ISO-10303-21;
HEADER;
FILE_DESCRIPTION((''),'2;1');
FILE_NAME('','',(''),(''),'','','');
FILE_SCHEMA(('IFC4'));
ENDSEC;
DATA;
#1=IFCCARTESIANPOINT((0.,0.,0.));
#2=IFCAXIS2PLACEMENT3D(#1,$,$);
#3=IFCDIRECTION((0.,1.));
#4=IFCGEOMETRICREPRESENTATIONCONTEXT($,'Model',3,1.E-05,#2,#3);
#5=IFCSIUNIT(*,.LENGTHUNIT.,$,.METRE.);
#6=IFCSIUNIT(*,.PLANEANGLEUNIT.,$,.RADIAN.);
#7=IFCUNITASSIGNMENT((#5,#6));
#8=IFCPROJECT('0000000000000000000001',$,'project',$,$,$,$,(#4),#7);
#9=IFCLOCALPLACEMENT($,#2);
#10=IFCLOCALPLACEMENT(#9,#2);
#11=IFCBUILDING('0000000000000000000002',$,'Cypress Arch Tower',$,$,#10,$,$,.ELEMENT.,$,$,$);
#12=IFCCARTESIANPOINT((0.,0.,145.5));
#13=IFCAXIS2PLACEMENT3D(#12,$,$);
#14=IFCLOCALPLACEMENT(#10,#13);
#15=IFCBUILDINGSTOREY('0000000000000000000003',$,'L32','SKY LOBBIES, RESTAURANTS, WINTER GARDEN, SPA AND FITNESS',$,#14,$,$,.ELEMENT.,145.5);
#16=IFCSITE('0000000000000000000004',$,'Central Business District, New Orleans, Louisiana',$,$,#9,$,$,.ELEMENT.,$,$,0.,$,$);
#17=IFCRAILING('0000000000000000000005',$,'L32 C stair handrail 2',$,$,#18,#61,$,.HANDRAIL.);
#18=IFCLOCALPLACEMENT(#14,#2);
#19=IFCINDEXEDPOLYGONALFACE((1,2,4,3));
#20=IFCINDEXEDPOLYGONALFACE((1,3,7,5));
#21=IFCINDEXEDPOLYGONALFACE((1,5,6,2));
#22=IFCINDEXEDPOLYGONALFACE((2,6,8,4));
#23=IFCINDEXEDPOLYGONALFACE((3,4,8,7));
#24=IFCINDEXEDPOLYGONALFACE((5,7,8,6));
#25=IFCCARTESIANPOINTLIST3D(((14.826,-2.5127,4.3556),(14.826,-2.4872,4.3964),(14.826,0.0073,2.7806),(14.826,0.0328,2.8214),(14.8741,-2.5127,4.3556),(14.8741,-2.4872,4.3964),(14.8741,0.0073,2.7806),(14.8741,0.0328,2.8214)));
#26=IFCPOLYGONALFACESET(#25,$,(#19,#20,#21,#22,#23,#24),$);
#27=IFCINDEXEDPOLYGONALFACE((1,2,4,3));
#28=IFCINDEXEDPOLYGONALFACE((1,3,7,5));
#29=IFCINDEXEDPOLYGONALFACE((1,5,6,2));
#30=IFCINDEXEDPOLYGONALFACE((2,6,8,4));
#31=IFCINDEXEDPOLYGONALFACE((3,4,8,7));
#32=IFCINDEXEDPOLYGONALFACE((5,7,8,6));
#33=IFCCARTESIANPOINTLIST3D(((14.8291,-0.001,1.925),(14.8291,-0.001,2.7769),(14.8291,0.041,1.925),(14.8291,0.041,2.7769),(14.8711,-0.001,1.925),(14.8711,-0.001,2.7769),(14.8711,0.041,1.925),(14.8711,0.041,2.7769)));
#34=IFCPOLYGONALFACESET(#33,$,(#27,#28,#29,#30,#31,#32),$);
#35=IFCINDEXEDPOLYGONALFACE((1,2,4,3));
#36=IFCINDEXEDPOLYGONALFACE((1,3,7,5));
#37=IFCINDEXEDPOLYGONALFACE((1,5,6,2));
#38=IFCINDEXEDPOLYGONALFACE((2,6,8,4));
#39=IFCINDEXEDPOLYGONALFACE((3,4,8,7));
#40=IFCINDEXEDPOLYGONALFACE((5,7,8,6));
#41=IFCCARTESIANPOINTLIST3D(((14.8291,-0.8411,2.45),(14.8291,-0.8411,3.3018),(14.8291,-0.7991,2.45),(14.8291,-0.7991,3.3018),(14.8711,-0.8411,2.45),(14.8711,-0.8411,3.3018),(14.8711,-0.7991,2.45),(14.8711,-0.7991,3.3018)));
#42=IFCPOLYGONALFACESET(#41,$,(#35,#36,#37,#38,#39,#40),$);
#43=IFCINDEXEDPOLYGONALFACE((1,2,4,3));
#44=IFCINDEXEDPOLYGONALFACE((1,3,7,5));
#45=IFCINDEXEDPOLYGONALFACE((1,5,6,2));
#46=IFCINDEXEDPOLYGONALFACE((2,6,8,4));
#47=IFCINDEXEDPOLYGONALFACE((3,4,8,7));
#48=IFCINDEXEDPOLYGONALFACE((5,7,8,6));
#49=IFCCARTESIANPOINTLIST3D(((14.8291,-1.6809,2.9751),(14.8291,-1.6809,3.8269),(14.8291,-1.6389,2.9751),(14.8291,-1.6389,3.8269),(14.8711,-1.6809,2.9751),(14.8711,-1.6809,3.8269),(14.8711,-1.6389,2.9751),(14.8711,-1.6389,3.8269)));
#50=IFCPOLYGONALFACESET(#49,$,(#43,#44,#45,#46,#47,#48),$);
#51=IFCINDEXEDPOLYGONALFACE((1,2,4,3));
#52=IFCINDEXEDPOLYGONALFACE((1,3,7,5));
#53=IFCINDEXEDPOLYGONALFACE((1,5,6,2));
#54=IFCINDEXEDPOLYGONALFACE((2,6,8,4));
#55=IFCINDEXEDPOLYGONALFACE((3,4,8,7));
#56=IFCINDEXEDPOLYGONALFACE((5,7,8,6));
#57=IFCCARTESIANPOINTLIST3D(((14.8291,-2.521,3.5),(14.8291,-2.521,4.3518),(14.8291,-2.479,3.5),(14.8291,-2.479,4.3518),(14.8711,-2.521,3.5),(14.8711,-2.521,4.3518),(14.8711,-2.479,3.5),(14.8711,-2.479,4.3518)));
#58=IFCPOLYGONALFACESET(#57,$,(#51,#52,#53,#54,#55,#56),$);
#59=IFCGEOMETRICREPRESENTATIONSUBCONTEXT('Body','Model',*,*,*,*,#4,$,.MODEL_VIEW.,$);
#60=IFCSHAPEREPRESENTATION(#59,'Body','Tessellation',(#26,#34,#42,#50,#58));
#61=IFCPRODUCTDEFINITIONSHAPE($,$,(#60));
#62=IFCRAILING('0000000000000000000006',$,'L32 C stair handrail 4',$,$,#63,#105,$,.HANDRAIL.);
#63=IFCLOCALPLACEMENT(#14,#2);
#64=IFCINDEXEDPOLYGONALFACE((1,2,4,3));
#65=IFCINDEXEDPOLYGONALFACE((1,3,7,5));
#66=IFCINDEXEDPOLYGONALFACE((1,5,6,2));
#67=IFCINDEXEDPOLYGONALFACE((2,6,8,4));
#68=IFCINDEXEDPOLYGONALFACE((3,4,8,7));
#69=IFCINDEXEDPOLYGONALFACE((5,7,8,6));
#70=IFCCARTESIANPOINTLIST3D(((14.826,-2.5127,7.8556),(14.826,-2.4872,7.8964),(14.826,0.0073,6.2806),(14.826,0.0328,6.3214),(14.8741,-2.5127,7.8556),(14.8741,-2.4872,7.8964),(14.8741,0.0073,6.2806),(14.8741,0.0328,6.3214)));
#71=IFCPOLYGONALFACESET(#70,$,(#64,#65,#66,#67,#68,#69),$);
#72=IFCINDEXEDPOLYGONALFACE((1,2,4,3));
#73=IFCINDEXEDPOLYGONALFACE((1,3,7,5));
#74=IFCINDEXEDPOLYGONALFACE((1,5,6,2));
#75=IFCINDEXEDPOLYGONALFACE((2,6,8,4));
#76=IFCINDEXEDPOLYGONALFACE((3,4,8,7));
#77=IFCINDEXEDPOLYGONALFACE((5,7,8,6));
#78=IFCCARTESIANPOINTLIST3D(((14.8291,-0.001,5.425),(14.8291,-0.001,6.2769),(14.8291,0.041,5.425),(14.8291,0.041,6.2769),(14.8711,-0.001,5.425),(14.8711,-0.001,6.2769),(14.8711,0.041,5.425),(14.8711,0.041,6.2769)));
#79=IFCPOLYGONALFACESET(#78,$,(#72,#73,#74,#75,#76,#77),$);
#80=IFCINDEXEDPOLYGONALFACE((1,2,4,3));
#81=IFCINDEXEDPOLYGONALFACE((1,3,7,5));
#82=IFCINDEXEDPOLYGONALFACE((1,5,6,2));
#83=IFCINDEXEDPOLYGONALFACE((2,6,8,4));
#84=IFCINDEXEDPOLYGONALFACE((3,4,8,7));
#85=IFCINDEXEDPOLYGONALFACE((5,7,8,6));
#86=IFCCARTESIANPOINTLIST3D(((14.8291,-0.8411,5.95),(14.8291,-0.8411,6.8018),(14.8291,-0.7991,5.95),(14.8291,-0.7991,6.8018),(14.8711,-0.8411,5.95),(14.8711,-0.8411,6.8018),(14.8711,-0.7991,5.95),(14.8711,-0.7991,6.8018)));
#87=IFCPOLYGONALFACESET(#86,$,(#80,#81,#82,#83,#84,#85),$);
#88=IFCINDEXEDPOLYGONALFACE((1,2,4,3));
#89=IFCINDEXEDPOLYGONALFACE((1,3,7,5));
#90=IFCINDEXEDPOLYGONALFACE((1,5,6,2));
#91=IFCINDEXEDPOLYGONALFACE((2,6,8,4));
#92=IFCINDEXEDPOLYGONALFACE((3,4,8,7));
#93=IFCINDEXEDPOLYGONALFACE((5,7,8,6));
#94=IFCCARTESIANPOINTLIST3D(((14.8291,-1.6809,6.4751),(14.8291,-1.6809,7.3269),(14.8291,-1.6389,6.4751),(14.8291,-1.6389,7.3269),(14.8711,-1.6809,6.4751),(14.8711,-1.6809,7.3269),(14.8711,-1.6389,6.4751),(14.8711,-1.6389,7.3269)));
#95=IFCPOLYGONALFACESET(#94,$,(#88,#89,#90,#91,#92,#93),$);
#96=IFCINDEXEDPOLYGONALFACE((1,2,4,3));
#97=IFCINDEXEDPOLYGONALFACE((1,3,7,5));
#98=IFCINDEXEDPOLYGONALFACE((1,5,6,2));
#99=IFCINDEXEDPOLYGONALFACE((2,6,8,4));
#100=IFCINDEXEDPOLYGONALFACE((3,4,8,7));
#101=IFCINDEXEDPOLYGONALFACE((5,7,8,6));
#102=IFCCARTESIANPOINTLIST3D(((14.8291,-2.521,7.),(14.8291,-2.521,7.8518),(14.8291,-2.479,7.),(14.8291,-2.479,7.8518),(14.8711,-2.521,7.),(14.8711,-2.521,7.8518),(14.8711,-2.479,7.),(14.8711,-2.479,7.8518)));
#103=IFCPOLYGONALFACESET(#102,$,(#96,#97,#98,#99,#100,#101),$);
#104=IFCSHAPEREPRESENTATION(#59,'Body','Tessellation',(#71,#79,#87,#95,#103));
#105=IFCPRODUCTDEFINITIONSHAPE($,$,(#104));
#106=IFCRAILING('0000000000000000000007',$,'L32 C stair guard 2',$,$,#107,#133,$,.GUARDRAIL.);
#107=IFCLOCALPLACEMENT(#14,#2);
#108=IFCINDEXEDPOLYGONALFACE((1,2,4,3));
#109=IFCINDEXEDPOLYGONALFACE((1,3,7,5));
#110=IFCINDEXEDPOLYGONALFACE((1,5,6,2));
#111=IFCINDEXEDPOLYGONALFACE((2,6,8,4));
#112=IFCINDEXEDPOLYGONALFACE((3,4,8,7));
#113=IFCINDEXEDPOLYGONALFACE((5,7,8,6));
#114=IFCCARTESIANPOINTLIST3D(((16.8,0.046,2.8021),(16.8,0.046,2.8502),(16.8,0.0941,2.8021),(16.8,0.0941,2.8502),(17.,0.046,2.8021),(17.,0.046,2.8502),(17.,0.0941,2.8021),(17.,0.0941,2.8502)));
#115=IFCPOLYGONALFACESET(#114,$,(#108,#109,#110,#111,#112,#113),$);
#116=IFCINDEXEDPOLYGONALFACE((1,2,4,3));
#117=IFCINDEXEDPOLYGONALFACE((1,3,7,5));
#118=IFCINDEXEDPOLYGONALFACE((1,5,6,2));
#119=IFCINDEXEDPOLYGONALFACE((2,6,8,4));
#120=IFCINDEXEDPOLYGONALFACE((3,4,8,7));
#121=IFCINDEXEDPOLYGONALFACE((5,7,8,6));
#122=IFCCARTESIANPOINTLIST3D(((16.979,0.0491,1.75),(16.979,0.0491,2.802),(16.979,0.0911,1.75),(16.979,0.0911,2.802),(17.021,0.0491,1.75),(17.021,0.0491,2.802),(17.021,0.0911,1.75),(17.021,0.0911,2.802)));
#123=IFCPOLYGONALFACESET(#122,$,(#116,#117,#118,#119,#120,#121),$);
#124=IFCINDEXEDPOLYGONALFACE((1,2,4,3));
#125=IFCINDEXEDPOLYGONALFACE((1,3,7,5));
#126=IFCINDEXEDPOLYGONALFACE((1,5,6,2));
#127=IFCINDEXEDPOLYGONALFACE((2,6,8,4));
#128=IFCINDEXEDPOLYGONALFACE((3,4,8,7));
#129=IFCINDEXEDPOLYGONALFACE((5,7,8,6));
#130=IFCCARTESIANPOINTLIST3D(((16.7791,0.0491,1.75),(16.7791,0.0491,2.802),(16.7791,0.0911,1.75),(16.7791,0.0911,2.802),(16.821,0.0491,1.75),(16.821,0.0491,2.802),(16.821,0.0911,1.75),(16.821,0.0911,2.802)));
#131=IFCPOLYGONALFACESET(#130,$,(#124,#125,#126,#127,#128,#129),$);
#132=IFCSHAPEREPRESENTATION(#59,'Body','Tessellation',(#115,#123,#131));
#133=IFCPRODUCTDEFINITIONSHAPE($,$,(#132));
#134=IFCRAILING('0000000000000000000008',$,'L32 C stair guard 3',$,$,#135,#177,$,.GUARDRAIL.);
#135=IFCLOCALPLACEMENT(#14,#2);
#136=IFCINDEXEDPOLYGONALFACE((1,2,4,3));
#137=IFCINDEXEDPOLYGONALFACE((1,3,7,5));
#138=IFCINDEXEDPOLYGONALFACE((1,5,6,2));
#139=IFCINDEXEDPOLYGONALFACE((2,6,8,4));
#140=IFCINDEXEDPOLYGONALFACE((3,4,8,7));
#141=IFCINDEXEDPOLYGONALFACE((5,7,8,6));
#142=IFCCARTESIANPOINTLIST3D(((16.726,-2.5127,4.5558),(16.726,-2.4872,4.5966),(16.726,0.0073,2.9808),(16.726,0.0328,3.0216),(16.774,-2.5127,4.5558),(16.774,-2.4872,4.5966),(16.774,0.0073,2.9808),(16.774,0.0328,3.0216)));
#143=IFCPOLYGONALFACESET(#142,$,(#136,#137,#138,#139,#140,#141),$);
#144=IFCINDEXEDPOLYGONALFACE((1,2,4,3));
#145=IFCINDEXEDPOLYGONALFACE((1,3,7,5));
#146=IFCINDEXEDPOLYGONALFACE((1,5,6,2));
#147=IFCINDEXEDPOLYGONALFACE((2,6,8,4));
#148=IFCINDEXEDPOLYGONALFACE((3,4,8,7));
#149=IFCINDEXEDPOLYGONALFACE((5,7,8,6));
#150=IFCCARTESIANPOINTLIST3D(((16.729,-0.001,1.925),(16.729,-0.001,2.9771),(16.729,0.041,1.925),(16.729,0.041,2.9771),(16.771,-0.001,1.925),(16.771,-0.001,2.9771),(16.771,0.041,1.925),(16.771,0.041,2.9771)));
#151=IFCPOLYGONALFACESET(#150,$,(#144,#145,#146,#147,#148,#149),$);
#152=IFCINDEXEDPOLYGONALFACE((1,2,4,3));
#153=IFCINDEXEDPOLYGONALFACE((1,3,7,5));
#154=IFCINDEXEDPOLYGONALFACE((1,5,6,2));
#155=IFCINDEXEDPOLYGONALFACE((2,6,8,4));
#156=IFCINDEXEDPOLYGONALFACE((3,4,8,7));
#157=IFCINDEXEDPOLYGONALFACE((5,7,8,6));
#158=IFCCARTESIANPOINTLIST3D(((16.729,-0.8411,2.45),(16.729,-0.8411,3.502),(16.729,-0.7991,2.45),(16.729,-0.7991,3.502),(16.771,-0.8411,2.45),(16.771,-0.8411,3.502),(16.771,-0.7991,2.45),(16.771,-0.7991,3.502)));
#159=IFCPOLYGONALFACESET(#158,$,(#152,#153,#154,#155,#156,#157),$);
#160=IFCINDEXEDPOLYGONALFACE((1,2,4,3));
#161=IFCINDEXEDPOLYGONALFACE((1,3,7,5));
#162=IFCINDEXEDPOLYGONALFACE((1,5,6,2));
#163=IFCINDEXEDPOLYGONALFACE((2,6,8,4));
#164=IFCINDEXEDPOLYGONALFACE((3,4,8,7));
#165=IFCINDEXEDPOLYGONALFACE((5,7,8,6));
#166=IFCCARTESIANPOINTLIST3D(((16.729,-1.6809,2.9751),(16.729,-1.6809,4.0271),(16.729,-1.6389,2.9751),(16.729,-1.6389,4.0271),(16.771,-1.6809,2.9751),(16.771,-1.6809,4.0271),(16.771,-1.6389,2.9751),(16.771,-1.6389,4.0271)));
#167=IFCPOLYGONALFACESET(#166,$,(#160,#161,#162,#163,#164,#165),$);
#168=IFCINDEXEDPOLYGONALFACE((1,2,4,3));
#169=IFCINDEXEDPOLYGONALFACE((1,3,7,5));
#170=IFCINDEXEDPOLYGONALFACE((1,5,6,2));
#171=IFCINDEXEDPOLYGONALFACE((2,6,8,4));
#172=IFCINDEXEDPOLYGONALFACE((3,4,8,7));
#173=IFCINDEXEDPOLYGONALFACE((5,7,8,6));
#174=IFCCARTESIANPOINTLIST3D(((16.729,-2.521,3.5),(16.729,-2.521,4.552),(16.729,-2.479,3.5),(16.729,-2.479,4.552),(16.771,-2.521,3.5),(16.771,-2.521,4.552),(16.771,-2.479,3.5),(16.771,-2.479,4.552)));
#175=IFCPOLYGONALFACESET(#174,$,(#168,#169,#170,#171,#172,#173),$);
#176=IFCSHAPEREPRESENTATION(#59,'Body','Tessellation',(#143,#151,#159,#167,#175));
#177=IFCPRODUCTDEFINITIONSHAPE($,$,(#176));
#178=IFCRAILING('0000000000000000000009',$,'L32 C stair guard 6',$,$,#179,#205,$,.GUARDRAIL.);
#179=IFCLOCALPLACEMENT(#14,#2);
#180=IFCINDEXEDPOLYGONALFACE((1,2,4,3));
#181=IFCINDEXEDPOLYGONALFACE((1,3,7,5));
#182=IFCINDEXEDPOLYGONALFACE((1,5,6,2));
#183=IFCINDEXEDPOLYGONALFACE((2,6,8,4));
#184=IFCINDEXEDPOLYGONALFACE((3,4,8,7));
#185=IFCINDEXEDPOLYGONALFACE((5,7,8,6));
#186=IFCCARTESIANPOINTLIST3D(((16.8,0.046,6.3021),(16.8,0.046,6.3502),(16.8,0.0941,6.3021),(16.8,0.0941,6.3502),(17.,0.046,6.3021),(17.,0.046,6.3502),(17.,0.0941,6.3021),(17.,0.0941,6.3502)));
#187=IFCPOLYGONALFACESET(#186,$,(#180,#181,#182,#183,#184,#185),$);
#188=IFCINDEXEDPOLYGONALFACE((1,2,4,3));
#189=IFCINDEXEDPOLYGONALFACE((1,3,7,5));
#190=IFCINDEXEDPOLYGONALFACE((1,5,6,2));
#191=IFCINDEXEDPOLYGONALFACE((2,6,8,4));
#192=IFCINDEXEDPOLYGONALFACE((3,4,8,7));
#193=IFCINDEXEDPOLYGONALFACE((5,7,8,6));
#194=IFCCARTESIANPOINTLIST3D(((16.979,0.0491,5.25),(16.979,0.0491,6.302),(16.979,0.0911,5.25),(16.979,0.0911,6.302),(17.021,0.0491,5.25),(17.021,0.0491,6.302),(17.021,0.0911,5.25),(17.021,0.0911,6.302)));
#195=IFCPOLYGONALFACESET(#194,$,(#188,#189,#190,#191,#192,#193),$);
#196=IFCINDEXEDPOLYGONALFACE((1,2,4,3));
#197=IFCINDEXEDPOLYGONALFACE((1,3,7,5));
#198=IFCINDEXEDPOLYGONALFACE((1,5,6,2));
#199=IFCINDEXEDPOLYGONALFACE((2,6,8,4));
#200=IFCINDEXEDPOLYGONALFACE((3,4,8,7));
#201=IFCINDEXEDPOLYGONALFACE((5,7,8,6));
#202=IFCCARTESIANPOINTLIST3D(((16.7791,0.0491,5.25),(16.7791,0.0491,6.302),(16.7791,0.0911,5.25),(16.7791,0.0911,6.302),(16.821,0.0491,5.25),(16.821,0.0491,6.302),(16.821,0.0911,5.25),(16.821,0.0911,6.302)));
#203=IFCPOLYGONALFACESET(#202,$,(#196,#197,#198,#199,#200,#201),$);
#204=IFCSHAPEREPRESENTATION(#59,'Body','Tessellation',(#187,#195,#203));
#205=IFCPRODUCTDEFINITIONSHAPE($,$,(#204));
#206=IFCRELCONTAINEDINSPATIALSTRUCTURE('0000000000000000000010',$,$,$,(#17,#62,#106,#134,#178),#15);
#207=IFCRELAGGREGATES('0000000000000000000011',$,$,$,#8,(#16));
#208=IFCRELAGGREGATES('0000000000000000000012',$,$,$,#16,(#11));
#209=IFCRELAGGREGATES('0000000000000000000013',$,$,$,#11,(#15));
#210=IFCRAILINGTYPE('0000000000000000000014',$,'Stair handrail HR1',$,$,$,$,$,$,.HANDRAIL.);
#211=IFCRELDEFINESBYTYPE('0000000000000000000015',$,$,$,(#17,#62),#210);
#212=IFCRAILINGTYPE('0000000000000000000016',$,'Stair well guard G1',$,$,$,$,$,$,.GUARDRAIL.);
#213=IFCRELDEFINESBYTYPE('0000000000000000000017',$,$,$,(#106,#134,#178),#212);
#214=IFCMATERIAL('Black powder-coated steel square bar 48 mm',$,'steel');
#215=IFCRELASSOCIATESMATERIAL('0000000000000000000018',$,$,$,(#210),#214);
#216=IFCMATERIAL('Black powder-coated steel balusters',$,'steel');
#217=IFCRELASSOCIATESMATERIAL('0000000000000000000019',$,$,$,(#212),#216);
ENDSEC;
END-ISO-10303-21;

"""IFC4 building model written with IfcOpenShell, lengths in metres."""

from ifc_helpers import new_model, si_unit, direction, frame, origin, origin_2d, place, context, subcontext, project, spatial, rectangle, extrude, material, type_object, element, save


model = new_model("IFC4")

# Units and contexts
model_context = context("Model", 3, precision=1e-05, world=origin(), true_north=direction((0.0, 1.0)))
body_context = subcontext(model_context, "Body", "Model", "MODEL_VIEW")
ifc_project = project(units=[si_unit("LENGTHUNIT", "METRE"), si_unit("PLANEANGLEUNIT", "RADIAN")], contexts=[model_context])

# Site, building, storey
site_placement = place(None, origin())
site = spatial("IfcSite", under=ifc_project, at=site_placement, Name="Central Business District, New Orleans, Louisiana", CompositionType="ELEMENT", RefElevation=0.0)
building_placement = place(site_placement, origin())
building = spatial("IfcBuilding", under=site, at=building_placement, Name="Cypress Arch Tower", CompositionType="ELEMENT")
storey_placement = place(building_placement, frame((0.0, 0.0, 145.5)))
storey = spatial("IfcBuildingStorey", under=building, at=storey_placement, Name="L32", Description="SKY LOBBIES, RESTAURANTS, WINTER GARDEN, SPA AND FITNESS", CompositionType="ELEMENT", Elevation=145.5)

# Railings
ifc_material_1 = material(Name="Black powder-coated steel square bar 48 mm", Category="steel")
railing_type_1 = type_object("IfcRailingType", Name="Stair handrail HR1", PredefinedType="HANDRAIL", material=ifc_material_1)
for number, where, name in (
    (1, (14.8501, 0.02, 1.925), "L32 C stair handrail 2"),
    (2, (14.8501, 0.02, 5.425), "L32 C stair handrail 4"),
):
    element("IfcRailing", number, at=place(storey_placement, frame(where)), inside=storey, type_object=railing_type_1, Name=name, PredefinedType="HANDRAIL", context=body_context, shape_type="SweptSolid", body=[
        extrude(rectangle(XDim=0.0481, YDim=0.0481, at=origin_2d()), frame((0.0, 0.0, 0.876), z_axis=(0.0, -0.848008, 0.529984), x_axis=(1.0, 0.0, 0.0)), (0.0, 0.0, 1.0), 2.9717),
        extrude(rectangle(XDim=0.042, YDim=0.042, at=origin_2d()), origin(), (0.0, 0.0, 1.0), 0.8518),
        extrude(rectangle(XDim=0.042, YDim=0.042, at=origin_2d()), frame((0.0, -0.8401, 0.5249)), (0.0, 0.0, 1.0), 0.8518),
        extrude(rectangle(XDim=0.042, YDim=0.042, at=origin_2d()), frame((0.0, -1.6799, 1.05)), (0.0, 0.0, 1.0), 0.8518),
        extrude(rectangle(XDim=0.042, YDim=0.042, at=origin_2d()), frame((0.0, -2.52, 1.575)), (0.0, 0.0, 1.0), 0.8518),
    ])
ifc_material_2 = material(Name="Black powder-coated steel balusters", Category="steel")
railing_type_2 = type_object("IfcRailingType", Name="Stair well guard G1", PredefinedType="GUARDRAIL", material=ifc_material_2)
railing_1_placement = place(storey_placement, frame((17.0, 0.0701, 1.75)))
element("IfcRailing", 3, at=railing_1_placement, inside=storey, type_object=railing_type_2, Name="L32 C stair guard 2", PredefinedType="GUARDRAIL", context=body_context, shape_type="SweptSolid", body=[
    extrude(rectangle(XDim=0.0481, YDim=0.0481, at=origin_2d()), frame((0.0, 0.0, 1.0762), z_axis=(-1.0, 0.0, 0.0), x_axis=(0.0, -1.0, 0.0)), (0.0, 0.0, 1.0), 0.2),
    extrude(rectangle(XDim=0.042, YDim=0.042, at=origin_2d()), origin(), (0.0, 0.0, 1.0), 1.052),
    extrude(rectangle(XDim=0.042, YDim=0.042, at=origin_2d()), frame((-0.2, 0.0, 0.0)), (0.0, 0.0, 1.0), 1.052),
])
railing_2_placement = place(storey_placement, frame((16.75, 0.02, 1.925)))
element("IfcRailing", 4, at=railing_2_placement, inside=storey, type_object=railing_type_2, Name="L32 C stair guard 3", PredefinedType="GUARDRAIL", context=body_context, shape_type="SweptSolid", body=[
    extrude(rectangle(XDim=0.0481, YDim=0.0481, at=origin_2d()), frame((0.0, 0.0, 1.0762), z_axis=(0.0, -0.848008, 0.529984), x_axis=(1.0, 0.0, 0.0)), (0.0, 0.0, 1.0), 2.9717),
    extrude(rectangle(XDim=0.042, YDim=0.042, at=origin_2d()), origin(), (0.0, 0.0, 1.0), 1.052),
    extrude(rectangle(XDim=0.042, YDim=0.042, at=origin_2d()), frame((0.0, -0.8401, 0.5249)), (0.0, 0.0, 1.0), 1.052),
    extrude(rectangle(XDim=0.042, YDim=0.042, at=origin_2d()), frame((0.0, -1.6799, 1.05)), (0.0, 0.0, 1.0), 1.052),
    extrude(rectangle(XDim=0.042, YDim=0.042, at=origin_2d()), frame((0.0, -2.52, 1.575)), (0.0, 0.0, 1.0), 1.052),
])
railing_3_placement = place(storey_placement, frame((17.0, 0.0701, 5.25)))
element("IfcRailing", 5, at=railing_3_placement, inside=storey, type_object=railing_type_2, Name="L32 C stair guard 6", PredefinedType="GUARDRAIL", context=body_context, shape_type="SweptSolid", body=[
    extrude(rectangle(XDim=0.0481, YDim=0.0481, at=origin_2d()), frame((0.0, 0.0, 1.0762), z_axis=(-1.0, 0.0, 0.0), x_axis=(0.0, -1.0, 0.0)), (0.0, 0.0, 1.0), 0.2),
    extrude(rectangle(XDim=0.042, YDim=0.042, at=origin_2d()), origin(), (0.0, 0.0, 1.0), 1.052),
    extrude(rectangle(XDim=0.042, YDim=0.042, at=origin_2d()), frame((-0.2, 0.0, 0.0)), (0.0, 0.0, 1.0), 1.052),
])

save(model, "model.ifc")
